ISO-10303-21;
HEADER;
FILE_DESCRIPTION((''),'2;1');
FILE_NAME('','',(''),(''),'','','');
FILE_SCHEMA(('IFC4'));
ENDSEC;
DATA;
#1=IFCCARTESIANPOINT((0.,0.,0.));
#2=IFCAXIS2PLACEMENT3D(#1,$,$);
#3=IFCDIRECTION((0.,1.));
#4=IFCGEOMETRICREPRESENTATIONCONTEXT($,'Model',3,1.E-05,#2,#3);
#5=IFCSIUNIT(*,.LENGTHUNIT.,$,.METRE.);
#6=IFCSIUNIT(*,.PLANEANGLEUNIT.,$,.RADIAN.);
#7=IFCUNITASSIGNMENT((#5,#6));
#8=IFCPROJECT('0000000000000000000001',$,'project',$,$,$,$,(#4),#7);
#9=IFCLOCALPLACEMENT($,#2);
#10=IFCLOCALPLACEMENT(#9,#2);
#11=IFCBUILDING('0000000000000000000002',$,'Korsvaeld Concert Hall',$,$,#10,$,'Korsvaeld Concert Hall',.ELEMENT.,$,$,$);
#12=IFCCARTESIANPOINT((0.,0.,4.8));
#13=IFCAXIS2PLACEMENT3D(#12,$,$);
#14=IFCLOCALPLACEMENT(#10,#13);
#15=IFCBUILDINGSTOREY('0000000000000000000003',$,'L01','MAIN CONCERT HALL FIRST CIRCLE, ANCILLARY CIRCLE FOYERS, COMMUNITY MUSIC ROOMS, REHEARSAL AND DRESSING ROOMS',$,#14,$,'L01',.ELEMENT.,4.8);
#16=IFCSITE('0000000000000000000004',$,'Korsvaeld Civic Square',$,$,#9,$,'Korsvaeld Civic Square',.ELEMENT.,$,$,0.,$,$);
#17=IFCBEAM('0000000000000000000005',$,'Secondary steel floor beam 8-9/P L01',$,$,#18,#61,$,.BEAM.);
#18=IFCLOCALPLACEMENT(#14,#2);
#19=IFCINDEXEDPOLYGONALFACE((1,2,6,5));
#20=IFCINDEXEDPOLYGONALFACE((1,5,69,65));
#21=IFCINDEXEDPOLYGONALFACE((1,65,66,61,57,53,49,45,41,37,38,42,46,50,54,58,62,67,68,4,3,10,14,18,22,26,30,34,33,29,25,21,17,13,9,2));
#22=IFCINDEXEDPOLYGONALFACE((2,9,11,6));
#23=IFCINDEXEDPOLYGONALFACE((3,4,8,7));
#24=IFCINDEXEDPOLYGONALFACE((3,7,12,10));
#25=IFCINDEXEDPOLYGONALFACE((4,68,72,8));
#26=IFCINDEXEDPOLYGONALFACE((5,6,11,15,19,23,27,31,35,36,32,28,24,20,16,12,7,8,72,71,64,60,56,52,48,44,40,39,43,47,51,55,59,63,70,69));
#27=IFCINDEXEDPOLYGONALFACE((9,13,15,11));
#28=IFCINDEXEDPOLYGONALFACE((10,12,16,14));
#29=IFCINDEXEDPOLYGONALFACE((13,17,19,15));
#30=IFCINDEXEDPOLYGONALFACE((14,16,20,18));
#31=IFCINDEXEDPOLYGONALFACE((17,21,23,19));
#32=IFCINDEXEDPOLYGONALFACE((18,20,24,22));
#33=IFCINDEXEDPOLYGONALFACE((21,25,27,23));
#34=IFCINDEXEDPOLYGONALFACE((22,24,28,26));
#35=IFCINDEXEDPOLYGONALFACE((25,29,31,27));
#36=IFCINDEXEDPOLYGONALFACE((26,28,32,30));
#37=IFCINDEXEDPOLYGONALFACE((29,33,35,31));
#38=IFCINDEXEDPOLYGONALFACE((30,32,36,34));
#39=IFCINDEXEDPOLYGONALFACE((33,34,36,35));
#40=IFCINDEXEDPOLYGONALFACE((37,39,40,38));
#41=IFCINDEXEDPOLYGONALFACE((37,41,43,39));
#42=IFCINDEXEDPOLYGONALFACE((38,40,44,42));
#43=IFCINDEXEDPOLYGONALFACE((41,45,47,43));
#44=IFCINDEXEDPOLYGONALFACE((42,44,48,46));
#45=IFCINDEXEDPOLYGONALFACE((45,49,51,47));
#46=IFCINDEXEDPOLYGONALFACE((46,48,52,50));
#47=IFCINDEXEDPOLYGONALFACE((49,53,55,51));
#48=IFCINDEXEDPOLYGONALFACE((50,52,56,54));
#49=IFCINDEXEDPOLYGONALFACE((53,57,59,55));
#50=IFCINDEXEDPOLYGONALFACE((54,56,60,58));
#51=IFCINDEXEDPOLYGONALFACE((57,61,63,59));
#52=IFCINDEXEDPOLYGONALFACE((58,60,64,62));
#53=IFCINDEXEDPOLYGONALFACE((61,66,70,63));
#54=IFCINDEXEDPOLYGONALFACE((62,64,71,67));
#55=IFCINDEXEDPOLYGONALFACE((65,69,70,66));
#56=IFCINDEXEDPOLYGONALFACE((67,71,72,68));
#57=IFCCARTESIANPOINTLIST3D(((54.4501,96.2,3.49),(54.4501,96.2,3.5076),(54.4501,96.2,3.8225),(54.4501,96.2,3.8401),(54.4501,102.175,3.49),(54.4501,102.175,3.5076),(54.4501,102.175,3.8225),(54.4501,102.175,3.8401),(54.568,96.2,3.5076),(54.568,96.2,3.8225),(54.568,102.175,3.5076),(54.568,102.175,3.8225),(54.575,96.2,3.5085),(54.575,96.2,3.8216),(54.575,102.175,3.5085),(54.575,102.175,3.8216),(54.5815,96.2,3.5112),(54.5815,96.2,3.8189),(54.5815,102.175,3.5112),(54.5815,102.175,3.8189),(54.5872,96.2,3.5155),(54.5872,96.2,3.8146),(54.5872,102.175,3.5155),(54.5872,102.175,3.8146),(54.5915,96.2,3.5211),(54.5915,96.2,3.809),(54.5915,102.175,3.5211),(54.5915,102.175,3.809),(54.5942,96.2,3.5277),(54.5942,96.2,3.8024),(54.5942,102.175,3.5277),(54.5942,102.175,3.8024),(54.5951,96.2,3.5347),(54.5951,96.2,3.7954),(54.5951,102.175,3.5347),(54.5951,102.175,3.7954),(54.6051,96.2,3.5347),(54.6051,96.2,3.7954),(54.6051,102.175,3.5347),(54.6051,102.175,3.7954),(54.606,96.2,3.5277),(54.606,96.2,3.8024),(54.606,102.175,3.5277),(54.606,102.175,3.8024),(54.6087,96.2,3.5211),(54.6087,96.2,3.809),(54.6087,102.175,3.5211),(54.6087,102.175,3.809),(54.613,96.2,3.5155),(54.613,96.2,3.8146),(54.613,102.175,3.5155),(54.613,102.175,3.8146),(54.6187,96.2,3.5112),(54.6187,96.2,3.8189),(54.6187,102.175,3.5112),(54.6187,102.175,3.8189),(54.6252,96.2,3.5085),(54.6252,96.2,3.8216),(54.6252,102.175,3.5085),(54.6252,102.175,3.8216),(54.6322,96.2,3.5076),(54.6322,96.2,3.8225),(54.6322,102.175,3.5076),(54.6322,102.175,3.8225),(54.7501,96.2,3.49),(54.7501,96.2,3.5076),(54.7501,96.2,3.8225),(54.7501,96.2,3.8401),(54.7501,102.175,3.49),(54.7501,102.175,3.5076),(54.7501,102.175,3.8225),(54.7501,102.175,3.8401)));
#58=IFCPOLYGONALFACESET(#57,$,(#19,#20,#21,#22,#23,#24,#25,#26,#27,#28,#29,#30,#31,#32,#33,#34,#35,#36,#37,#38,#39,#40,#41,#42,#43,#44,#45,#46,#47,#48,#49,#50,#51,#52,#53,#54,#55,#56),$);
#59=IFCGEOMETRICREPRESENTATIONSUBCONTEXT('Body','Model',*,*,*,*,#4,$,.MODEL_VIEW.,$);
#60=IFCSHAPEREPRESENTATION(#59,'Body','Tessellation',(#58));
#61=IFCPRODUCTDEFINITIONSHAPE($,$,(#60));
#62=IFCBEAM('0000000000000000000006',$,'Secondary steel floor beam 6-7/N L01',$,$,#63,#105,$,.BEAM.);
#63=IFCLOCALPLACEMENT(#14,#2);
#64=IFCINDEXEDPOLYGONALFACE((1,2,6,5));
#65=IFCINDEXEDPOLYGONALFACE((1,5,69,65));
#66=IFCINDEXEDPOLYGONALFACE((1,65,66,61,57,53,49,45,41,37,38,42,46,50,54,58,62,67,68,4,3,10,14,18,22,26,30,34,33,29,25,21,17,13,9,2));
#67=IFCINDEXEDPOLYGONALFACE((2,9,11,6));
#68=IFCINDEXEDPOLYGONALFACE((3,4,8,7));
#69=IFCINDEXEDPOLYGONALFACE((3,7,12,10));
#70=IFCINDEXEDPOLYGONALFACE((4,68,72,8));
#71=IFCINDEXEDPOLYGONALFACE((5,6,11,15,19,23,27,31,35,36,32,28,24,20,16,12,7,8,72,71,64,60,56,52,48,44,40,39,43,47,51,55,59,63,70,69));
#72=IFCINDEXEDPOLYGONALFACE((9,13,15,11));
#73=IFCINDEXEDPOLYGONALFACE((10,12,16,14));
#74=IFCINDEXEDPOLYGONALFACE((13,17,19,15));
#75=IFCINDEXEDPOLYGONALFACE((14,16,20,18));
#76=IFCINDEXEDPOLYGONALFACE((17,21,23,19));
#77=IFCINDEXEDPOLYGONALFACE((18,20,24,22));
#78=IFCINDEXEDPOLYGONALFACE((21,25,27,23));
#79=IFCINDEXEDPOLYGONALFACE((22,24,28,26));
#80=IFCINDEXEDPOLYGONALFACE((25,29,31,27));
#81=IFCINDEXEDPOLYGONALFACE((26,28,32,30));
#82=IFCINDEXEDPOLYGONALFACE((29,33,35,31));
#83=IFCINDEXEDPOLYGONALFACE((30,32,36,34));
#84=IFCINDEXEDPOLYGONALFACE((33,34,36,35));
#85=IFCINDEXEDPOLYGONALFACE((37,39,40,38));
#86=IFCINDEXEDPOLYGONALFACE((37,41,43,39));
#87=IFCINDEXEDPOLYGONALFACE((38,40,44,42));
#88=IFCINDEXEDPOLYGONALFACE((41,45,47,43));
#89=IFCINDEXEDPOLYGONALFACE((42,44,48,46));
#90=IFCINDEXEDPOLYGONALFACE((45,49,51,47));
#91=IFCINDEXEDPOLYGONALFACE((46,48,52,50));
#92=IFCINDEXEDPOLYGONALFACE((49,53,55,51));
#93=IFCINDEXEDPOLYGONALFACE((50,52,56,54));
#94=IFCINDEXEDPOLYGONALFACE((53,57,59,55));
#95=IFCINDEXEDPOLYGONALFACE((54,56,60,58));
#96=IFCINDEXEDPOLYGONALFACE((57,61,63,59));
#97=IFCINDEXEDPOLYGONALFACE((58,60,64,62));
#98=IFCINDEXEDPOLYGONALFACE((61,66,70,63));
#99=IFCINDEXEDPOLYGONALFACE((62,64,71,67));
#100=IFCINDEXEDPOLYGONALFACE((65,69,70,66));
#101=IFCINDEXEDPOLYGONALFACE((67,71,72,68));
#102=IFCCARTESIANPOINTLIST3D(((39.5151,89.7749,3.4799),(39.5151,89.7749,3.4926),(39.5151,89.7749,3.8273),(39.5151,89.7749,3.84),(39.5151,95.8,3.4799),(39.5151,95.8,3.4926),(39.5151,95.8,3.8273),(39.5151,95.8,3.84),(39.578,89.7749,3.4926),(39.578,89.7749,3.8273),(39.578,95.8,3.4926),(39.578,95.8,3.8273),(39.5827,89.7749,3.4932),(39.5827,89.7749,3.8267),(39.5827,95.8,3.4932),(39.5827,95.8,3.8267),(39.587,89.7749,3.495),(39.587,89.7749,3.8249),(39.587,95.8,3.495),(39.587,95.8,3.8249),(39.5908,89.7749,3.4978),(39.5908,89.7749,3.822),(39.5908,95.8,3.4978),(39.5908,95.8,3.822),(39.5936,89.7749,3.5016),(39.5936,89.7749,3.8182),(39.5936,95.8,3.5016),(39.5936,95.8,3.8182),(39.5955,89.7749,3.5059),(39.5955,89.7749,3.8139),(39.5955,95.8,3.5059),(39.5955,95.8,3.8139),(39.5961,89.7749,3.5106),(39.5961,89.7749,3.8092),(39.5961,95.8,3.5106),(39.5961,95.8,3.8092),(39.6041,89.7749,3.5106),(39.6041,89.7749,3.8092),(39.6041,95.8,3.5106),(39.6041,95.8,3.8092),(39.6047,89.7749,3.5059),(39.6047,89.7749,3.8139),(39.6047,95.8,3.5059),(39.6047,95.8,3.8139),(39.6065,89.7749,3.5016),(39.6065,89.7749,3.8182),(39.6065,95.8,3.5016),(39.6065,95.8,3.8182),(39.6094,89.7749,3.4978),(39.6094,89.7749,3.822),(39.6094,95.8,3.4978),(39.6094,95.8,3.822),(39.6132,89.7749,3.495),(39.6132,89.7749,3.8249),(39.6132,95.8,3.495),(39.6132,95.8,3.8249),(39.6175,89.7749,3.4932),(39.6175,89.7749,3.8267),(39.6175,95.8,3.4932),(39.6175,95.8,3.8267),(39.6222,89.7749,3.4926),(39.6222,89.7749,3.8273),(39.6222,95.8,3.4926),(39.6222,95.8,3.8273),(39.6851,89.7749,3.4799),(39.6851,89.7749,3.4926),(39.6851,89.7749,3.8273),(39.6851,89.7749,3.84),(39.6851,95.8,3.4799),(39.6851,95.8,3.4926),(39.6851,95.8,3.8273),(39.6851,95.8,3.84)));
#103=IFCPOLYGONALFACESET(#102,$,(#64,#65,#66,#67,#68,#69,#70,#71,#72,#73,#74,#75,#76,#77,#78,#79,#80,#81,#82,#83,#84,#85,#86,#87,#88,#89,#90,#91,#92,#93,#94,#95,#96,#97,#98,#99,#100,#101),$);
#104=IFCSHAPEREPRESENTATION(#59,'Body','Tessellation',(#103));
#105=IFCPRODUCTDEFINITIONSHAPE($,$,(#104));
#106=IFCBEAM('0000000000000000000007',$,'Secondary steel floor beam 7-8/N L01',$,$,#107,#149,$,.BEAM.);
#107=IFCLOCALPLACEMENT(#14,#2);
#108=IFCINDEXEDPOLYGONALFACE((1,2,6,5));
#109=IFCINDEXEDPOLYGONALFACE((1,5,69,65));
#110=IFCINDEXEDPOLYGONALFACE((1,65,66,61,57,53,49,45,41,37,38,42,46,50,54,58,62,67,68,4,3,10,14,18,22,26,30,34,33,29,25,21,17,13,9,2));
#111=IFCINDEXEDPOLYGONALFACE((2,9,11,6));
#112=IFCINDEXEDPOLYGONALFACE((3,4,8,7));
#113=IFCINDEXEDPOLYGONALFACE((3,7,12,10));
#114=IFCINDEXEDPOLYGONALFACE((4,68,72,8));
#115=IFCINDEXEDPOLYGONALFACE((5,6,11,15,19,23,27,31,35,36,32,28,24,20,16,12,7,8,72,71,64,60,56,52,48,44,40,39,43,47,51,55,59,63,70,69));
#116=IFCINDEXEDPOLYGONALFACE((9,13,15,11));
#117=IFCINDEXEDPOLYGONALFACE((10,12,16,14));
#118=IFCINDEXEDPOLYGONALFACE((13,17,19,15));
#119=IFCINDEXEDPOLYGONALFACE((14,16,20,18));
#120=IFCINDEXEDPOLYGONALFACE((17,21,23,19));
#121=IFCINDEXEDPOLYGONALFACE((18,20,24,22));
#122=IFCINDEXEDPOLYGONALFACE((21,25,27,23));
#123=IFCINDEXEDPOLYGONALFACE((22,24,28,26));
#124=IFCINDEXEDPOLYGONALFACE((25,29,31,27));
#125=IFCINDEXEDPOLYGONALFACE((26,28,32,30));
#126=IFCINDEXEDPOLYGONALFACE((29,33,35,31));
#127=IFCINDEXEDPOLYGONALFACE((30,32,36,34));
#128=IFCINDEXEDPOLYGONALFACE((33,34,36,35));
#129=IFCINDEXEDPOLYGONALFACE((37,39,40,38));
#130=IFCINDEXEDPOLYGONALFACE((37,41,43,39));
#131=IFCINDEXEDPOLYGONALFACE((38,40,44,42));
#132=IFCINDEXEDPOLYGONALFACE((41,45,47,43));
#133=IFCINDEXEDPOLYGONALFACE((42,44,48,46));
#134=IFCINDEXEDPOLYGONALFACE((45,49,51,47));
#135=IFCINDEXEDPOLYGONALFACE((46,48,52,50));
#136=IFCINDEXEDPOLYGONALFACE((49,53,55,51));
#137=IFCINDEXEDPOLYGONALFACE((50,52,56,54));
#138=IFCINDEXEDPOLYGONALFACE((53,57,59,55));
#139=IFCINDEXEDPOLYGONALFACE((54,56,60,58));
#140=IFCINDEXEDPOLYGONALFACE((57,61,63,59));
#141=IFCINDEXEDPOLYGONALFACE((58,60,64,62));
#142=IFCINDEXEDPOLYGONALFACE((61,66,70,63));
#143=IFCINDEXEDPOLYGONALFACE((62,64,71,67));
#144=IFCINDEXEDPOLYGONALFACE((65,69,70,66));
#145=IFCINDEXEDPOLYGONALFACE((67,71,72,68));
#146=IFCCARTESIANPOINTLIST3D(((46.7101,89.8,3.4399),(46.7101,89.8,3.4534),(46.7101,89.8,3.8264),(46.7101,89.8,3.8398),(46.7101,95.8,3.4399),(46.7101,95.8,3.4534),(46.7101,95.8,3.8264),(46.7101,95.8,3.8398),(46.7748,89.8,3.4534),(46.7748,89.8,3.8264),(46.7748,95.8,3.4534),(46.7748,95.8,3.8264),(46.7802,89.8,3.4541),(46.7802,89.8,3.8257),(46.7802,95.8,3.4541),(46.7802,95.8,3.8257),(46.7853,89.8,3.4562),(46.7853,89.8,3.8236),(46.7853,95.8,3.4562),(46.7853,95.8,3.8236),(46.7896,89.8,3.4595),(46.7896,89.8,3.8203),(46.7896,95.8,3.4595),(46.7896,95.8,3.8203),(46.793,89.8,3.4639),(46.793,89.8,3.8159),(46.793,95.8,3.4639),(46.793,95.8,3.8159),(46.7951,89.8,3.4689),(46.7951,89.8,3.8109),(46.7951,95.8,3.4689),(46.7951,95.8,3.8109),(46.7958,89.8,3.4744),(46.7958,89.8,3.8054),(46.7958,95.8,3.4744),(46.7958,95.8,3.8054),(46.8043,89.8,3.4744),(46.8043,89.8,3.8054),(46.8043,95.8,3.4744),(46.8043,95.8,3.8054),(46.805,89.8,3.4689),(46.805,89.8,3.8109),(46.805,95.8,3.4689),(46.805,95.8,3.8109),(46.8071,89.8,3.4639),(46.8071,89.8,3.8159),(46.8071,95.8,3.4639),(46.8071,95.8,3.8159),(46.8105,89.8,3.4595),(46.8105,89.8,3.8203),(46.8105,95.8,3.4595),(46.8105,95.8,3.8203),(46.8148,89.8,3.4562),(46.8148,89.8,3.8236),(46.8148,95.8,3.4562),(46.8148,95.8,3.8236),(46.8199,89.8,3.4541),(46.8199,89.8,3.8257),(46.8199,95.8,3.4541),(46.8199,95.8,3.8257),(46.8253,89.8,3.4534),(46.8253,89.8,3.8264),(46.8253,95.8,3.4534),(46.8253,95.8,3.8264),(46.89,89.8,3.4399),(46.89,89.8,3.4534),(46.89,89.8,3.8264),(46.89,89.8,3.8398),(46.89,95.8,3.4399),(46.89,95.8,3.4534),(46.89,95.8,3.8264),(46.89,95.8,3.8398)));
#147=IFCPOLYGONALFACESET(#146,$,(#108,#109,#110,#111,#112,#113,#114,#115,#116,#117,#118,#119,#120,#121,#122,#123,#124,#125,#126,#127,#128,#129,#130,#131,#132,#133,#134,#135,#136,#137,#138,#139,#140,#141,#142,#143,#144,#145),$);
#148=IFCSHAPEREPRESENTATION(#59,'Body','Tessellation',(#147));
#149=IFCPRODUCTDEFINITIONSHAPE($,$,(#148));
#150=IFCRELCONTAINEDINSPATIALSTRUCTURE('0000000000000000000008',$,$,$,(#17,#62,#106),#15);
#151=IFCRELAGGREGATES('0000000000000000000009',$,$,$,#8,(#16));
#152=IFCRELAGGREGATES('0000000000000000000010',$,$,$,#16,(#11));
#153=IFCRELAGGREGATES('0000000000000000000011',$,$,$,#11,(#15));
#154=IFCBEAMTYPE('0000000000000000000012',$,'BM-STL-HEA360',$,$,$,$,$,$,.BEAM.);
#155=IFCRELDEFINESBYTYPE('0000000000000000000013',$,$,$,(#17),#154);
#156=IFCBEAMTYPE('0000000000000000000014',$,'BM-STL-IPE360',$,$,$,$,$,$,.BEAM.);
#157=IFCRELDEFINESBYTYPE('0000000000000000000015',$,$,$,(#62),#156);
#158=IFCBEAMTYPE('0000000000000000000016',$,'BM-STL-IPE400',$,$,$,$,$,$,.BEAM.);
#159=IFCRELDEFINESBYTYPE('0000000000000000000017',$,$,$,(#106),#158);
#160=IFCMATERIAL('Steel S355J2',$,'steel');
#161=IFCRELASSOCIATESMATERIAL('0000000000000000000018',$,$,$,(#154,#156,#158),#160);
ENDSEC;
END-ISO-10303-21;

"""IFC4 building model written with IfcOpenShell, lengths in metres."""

from ifc_helpers import new_model, si_unit, direction, frame, origin, origin_2d, place, context, subcontext, project, spatial, i_section, extrude, material, material_profile, profile_set, type_object, element, save


model = new_model("IFC4")

# Units and contexts
model_context = context("Model", 3, precision=1e-05, world=origin(), true_north=direction((0.0, 1.0)))
body_context = subcontext(model_context, "Body", "Model", "MODEL_VIEW")
ifc_project = project(units=[si_unit("LENGTHUNIT", "METRE"), si_unit("PLANEANGLEUNIT", "RADIAN")], contexts=[model_context])

# Site, building, storey
site_placement = place(None, origin())
site = spatial("IfcSite", under=ifc_project, at=site_placement, Name="Korsvaeld Civic Square", LongName="Korsvaeld Civic Square", CompositionType="ELEMENT", RefElevation=0.0)
building_placement = place(site_placement, origin())
building = spatial("IfcBuilding", under=site, at=building_placement, Name="Korsvaeld Concert Hall", LongName="Korsvaeld Concert Hall", CompositionType="ELEMENT")
storey_placement = place(building_placement, frame((0.0, 0.0, 4.8)))
storey = spatial("IfcBuildingStorey", under=building, at=storey_placement, Name="L01", Description="MAIN CONCERT HALL FIRST CIRCLE, ANCILLARY CIRCLE FOYERS, COMMUNITY MUSIC ROOMS, REHEARSAL AND DRESSING ROOMS", LongName="L01", CompositionType="ELEMENT", Elevation=4.8)

# Beams
ifc_material_1 = material(Name="Steel S355J2", Category="steel")
ifc_material_profile_1 = material_profile(ifc_material_1, i_section(OverallWidth=0.3, OverallDepth=0.3501, WebThickness=0.01, FlangeThickness=0.0176, FilletRadius=0.0271, at=origin_2d()), Name="HEA 360")
ifc_profile_set_1 = profile_set([ifc_material_profile_1], Name="Steel S355J2")
beam_type_1 = type_object("IfcBeamType", Name="BM-STL-HEA360", PredefinedType="BEAM", material=ifc_profile_set_1)
beam_1_placement = place(storey_placement, frame((54.6001, 96.2, 3.665), z_axis=(0.0, 1.0, 0.0), x_axis=(-1.0, 0.0, 0.0)))
element("IfcBeam", 1, at=beam_1_placement, inside=storey, type_object=beam_type_1, Name="Secondary steel floor beam 8-9/P L01", PredefinedType="BEAM", context=body_context, shape_type="SweptSolid", body=[
    extrude(i_section(OverallWidth=0.3, OverallDepth=0.3501, WebThickness=0.01, FlangeThickness=0.0176, FilletRadius=0.0271, at=origin_2d()), origin(), (0.0, 0.0, 1.0), 5.9751),
])
ifc_material_profile_2 = material_profile(ifc_material_1, i_section(OverallWidth=0.1699, OverallDepth=0.3601, WebThickness=0.0081, FlangeThickness=0.0127, FilletRadius=0.0181, at=origin_2d()), Name="IPE 360")
ifc_profile_set_2 = profile_set([ifc_material_profile_2], Name="Steel S355J2")
beam_type_2 = type_object("IfcBeamType", Name="BM-STL-IPE360", PredefinedType="BEAM", material=ifc_profile_set_2)
beam_2_placement = place(storey_placement, frame((39.6001, 89.7749, 3.6599), z_axis=(0.0, 1.0, 0.0), x_axis=(-1.0, 0.0, 0.0)))
element("IfcBeam", 2, at=beam_2_placement, inside=storey, type_object=beam_type_2, Name="Secondary steel floor beam 6-7/N L01", PredefinedType="BEAM", context=body_context, shape_type="SweptSolid", body=[
    extrude(i_section(OverallWidth=0.1699, OverallDepth=0.3601, WebThickness=0.0081, FlangeThickness=0.0127, FilletRadius=0.0181, at=origin_2d()), origin(), (0.0, 0.0, 1.0), 6.0251),
])
ifc_material_profile_3 = material_profile(ifc_material_1, i_section(OverallWidth=0.1799, OverallDepth=0.3999, WebThickness=0.0085, FlangeThickness=0.0134, FilletRadius=0.021, at=origin_2d()), Name="IPE 400")
ifc_profile_set_3 = profile_set([ifc_material_profile_3], Name="Steel S355J2")
beam_type_3 = type_object("IfcBeamType", Name="BM-STL-IPE400", PredefinedType="BEAM", material=ifc_profile_set_3)
beam_3_placement = place(storey_placement, frame((46.8, 89.8, 3.6399), z_axis=(0.0, 1.0, 0.0), x_axis=(-1.0, 0.0, 0.0)))
element("IfcBeam", 3, at=beam_3_placement, inside=storey, type_object=beam_type_3, Name="Secondary steel floor beam 7-8/N L01", PredefinedType="BEAM", context=body_context, shape_type="SweptSolid", body=[
    extrude(i_section(OverallWidth=0.1799, OverallDepth=0.3999, WebThickness=0.0085, FlangeThickness=0.0134, FilletRadius=0.021, at=origin_2d()), origin(), (0.0, 0.0, 1.0), 6.0),
])

save(model, "model.ifc")
